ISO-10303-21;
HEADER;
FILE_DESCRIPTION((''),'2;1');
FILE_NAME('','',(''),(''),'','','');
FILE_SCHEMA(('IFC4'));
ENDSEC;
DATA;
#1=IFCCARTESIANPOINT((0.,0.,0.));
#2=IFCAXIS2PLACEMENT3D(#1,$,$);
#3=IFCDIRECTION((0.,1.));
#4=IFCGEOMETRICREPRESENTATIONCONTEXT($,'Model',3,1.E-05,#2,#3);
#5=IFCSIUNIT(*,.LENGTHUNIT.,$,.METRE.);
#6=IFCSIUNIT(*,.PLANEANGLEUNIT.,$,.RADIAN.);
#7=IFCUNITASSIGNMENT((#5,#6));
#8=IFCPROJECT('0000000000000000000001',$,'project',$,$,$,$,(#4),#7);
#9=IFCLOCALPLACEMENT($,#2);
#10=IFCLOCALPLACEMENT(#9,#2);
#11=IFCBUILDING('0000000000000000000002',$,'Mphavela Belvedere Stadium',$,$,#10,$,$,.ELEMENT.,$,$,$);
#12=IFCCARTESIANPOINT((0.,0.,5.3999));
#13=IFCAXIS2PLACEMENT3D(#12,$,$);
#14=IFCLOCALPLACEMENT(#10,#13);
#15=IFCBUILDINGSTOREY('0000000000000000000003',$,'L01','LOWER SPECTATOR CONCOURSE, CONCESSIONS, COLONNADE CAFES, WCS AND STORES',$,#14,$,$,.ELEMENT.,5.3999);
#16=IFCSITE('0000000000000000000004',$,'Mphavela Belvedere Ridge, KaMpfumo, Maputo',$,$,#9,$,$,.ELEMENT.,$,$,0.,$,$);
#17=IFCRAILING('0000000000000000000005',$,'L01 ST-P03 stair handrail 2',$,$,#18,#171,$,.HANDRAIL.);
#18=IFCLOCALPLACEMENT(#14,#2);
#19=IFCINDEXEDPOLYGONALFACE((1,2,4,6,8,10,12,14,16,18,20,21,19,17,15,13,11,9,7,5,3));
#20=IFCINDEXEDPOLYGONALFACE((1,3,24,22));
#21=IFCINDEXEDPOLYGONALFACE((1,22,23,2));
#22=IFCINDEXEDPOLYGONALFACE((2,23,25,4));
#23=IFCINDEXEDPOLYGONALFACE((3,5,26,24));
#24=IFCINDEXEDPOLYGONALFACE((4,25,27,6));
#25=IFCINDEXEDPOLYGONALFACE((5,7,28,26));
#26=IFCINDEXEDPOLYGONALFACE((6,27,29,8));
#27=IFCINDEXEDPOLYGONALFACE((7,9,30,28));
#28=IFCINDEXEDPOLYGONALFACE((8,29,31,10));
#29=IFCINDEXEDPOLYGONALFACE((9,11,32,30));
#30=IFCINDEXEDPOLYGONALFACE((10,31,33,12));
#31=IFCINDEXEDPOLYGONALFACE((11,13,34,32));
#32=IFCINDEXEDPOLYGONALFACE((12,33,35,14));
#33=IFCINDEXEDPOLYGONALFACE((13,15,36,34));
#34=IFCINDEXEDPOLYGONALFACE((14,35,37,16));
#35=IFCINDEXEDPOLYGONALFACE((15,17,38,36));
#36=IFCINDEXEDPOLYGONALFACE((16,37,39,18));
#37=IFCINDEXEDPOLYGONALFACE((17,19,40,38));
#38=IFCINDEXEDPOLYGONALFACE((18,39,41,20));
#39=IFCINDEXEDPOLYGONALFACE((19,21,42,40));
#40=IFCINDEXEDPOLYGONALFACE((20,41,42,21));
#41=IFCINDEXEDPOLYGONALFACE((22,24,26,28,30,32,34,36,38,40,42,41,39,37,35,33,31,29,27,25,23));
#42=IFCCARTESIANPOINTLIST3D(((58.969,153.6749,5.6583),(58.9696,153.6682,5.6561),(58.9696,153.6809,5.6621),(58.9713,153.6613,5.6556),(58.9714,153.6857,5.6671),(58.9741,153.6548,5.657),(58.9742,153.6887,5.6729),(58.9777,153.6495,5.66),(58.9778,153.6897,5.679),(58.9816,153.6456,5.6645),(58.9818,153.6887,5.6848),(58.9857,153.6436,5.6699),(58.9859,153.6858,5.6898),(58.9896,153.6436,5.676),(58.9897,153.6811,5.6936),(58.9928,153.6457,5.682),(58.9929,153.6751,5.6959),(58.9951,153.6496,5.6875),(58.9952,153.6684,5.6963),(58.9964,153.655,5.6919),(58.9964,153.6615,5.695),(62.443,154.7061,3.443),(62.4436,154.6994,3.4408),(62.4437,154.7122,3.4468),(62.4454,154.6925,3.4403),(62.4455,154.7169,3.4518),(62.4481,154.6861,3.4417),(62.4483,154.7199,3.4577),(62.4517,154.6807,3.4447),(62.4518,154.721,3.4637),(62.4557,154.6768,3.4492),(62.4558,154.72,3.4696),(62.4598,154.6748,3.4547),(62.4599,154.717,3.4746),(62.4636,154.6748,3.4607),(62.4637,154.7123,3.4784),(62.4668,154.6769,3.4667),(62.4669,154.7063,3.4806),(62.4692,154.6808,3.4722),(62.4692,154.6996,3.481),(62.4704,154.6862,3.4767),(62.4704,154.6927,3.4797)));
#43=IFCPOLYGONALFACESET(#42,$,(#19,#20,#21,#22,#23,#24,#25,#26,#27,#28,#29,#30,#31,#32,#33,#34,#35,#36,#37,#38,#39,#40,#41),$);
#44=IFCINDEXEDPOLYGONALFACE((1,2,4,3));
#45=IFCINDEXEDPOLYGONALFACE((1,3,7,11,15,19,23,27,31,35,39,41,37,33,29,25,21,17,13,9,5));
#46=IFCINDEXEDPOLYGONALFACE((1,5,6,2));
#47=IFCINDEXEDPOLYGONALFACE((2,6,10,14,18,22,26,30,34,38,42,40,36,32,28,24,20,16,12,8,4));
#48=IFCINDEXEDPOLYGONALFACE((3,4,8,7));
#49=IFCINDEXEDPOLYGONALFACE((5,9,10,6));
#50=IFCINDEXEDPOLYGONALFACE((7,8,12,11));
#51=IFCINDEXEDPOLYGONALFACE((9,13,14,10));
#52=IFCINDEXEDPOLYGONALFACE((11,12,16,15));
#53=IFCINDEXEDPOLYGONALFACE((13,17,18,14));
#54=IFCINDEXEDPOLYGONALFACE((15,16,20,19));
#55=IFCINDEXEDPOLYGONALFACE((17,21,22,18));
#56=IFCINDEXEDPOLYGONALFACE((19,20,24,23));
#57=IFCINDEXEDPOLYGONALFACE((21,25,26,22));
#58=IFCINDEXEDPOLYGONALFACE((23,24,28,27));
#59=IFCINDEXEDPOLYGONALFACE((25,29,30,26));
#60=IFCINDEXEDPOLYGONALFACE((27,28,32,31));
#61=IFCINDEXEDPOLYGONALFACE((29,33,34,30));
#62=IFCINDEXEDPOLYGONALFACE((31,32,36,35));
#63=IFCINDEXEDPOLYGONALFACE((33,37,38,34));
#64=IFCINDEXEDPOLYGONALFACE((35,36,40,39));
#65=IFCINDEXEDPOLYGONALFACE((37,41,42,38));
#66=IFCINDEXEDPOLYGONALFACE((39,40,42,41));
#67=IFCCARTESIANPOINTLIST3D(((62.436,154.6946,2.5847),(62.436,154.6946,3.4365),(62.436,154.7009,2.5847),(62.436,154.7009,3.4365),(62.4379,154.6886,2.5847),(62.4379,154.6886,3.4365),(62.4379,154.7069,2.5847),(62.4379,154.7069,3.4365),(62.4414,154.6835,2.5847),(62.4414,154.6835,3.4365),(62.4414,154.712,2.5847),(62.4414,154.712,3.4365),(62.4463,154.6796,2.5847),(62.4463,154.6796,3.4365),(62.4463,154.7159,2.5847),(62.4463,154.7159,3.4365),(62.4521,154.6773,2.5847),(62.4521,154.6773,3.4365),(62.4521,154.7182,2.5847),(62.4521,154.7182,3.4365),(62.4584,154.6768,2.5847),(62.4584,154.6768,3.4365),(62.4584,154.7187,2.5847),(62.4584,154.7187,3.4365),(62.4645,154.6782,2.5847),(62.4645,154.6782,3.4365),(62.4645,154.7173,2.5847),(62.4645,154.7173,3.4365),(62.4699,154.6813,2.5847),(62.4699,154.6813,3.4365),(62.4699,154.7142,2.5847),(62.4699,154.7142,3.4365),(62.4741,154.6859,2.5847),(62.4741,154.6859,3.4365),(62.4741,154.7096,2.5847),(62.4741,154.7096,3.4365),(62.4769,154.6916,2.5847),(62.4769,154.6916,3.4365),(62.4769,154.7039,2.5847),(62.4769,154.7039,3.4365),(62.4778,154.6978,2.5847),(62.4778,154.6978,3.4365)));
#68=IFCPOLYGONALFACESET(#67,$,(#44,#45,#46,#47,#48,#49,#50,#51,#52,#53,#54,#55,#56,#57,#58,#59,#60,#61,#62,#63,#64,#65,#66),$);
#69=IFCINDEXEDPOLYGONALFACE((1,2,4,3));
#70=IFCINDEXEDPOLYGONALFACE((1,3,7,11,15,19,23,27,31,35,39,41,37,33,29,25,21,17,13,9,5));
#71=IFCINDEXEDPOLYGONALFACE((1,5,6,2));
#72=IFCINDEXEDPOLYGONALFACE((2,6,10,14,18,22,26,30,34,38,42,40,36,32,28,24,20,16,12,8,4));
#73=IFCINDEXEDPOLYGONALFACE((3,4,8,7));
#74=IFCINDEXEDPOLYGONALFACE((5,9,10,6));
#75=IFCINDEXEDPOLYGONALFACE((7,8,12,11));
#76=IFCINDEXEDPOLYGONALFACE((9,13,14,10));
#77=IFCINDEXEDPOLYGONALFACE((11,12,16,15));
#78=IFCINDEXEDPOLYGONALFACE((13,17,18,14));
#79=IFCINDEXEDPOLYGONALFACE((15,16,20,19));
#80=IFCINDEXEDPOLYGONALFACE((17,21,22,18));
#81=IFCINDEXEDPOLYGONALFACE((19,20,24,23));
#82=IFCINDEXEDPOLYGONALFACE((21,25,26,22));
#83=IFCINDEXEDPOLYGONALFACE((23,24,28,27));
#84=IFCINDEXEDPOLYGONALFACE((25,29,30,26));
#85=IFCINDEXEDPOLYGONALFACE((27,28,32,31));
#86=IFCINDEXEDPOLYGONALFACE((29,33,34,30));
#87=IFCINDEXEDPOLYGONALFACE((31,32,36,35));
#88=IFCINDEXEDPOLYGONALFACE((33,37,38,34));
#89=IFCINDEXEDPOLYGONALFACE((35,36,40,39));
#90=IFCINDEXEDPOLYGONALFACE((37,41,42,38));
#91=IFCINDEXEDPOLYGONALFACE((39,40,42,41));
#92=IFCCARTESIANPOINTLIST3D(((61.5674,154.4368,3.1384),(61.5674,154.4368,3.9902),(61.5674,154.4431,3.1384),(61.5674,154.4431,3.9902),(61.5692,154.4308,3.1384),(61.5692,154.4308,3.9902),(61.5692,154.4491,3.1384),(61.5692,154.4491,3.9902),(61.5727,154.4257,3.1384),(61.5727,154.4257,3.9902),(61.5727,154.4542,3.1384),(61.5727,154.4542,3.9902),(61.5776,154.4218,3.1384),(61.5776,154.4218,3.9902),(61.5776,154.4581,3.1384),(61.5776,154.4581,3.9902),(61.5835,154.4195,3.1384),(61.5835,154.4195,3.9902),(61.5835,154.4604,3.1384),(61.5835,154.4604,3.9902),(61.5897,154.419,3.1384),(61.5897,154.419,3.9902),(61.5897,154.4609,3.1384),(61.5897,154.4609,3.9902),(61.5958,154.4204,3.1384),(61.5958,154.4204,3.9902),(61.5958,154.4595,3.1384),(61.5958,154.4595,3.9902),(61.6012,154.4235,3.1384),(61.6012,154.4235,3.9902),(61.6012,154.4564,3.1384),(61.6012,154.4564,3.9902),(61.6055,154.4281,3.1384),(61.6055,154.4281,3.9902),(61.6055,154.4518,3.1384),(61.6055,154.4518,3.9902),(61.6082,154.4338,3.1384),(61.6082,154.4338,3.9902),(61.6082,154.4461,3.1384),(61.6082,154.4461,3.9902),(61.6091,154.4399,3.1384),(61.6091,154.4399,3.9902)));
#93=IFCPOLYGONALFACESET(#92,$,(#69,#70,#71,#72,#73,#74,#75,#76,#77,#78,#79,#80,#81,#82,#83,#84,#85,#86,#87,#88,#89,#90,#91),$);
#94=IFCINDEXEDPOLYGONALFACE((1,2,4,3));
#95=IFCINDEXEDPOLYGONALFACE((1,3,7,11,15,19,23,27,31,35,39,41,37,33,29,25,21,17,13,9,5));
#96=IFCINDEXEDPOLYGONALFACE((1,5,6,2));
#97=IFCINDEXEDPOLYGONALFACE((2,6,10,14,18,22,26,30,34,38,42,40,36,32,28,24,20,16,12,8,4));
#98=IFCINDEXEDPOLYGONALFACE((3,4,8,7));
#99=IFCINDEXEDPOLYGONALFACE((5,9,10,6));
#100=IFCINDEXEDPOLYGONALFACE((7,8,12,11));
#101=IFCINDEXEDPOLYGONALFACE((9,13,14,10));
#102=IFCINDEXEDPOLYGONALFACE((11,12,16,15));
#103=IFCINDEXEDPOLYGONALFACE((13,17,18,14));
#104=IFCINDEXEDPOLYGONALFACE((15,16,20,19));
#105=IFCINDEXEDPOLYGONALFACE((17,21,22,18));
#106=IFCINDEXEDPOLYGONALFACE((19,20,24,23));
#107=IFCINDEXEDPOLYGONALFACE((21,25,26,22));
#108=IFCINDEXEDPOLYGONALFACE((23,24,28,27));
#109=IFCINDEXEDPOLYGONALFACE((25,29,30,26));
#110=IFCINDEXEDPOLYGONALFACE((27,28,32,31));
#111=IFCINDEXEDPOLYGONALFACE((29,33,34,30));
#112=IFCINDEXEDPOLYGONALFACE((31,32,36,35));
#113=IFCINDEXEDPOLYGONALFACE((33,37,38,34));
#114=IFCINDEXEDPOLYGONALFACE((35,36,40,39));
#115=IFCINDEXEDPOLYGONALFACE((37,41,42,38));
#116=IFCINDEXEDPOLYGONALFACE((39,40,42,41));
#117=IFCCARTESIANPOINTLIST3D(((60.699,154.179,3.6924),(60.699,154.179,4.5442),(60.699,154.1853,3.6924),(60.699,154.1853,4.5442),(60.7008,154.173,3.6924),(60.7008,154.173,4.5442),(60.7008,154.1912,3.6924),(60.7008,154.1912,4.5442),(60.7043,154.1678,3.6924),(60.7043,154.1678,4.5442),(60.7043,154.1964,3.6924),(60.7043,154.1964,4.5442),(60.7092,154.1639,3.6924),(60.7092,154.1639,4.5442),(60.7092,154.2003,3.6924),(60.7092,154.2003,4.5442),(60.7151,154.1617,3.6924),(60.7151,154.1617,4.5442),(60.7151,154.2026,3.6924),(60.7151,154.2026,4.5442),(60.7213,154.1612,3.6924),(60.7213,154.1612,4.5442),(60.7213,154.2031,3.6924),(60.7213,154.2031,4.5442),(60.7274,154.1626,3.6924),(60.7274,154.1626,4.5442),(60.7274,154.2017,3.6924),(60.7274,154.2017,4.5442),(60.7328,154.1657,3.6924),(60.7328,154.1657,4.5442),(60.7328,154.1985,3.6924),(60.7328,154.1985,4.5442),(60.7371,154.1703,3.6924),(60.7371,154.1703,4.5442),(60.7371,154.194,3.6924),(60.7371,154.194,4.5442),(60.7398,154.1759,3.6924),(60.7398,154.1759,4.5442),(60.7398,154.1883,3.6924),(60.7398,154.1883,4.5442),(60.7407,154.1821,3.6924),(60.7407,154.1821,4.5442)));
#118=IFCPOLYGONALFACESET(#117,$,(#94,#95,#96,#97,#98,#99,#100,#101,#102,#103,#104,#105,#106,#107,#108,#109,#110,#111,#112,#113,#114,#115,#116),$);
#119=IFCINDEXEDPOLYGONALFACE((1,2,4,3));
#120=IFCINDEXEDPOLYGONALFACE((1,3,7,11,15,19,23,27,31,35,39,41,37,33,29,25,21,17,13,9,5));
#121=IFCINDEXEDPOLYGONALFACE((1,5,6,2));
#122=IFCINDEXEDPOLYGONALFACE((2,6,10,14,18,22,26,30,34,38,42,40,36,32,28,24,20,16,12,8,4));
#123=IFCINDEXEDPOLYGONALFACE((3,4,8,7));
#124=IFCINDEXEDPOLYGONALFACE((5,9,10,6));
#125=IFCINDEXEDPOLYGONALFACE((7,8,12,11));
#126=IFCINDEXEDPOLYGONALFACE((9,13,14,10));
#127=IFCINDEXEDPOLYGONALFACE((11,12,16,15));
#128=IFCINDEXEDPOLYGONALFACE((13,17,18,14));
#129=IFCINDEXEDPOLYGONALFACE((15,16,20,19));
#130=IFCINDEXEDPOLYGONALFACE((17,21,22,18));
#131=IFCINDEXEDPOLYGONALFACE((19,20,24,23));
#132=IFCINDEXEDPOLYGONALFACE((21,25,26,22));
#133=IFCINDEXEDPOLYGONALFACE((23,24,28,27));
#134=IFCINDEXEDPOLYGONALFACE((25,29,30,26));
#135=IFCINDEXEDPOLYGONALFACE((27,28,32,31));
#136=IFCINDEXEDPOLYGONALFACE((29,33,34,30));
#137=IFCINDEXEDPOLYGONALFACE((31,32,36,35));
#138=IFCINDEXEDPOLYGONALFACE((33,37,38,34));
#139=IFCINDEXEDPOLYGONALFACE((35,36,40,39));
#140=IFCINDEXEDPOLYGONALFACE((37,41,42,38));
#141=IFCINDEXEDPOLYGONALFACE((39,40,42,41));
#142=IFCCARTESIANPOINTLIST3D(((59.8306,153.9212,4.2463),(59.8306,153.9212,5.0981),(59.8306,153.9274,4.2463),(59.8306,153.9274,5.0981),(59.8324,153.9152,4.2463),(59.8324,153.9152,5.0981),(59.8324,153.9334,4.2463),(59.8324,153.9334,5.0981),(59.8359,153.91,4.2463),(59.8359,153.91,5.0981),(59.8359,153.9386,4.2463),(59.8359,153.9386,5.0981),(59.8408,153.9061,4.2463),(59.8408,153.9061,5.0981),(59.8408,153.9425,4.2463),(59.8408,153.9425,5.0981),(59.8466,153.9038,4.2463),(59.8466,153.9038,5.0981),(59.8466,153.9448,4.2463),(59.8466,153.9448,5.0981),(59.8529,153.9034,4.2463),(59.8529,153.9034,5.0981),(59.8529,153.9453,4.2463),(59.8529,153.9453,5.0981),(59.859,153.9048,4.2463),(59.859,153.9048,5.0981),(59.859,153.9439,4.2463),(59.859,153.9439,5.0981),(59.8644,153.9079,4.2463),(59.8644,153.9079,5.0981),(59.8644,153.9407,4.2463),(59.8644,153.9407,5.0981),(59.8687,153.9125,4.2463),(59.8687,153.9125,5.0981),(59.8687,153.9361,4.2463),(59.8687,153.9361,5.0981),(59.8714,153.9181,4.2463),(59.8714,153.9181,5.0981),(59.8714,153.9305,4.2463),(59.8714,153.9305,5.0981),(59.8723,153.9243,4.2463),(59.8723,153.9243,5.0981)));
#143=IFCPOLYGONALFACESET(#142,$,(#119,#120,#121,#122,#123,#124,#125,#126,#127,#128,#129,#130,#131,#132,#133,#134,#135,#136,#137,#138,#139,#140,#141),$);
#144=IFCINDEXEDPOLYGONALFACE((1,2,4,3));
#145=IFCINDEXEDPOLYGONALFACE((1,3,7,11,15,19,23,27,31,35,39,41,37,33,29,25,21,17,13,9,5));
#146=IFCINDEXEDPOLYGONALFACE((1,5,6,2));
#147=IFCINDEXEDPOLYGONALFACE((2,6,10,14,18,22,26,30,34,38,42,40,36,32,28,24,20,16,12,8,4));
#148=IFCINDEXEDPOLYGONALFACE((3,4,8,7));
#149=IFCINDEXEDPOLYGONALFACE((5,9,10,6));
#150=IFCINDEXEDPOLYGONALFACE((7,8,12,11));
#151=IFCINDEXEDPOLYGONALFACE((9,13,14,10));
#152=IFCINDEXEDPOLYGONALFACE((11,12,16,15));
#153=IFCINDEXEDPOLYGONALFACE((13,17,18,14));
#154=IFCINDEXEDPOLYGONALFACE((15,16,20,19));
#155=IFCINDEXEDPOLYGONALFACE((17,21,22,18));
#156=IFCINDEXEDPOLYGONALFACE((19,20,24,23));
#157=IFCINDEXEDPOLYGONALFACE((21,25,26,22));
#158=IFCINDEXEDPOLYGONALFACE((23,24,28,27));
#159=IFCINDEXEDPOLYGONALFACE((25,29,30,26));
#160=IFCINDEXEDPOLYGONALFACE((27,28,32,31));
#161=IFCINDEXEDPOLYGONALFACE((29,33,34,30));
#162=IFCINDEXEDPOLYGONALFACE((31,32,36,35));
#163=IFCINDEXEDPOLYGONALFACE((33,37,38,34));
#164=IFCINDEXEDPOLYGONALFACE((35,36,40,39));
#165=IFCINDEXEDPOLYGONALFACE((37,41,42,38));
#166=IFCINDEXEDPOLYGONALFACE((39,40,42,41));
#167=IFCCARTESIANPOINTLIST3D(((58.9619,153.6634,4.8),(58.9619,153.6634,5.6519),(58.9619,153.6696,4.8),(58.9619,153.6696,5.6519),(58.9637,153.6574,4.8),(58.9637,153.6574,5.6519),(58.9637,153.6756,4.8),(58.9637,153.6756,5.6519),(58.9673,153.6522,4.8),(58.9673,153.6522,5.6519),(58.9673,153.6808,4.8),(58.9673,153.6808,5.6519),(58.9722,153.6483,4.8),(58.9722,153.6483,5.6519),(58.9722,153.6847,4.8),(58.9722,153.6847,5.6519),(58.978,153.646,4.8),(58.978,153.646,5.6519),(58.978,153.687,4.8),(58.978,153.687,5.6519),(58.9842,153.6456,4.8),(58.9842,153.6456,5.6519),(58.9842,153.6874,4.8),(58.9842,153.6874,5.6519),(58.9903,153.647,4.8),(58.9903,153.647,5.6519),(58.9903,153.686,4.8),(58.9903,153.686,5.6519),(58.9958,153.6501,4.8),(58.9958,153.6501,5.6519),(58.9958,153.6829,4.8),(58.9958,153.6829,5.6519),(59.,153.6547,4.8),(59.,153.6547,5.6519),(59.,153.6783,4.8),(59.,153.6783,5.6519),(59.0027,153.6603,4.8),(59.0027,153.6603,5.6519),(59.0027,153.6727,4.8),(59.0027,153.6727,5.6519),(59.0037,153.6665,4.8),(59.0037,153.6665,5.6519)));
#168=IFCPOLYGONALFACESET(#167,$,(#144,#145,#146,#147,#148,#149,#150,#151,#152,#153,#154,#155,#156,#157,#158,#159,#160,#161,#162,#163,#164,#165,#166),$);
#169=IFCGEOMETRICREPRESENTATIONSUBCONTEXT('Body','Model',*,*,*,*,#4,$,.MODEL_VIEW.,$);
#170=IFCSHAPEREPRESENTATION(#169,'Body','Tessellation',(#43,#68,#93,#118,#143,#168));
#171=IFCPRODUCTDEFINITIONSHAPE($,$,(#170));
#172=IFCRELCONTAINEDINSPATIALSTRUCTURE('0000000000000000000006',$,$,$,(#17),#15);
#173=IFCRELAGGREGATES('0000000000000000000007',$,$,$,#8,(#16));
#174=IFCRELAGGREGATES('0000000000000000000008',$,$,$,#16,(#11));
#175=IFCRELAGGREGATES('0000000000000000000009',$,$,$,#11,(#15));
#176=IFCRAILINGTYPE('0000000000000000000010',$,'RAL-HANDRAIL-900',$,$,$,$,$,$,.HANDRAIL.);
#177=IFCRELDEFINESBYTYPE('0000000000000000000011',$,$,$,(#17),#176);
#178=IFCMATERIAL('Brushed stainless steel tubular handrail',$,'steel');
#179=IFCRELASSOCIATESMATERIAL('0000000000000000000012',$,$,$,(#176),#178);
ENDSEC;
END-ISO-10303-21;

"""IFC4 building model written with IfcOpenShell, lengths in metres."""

from ifc_helpers import new_model, si_unit, direction, frame, origin, origin_2d, place, context, subcontext, project, spatial, circle, extrude, material, type_object, element, save


model = new_model("IFC4")

# Units and contexts
model_context = context("Model", 3, precision=1e-05, world=origin(), true_north=direction((0.0, 1.0)))
body_context = subcontext(model_context, "Body", "Model", "MODEL_VIEW")
ifc_project = project(units=[si_unit("LENGTHUNIT", "METRE"), si_unit("PLANEANGLEUNIT", "RADIAN")], contexts=[model_context])

# Site, building, storey
site_placement = place(None, origin())
site = spatial("IfcSite", under=ifc_project, at=site_placement, Name="Mphavela Belvedere Ridge, KaMpfumo, Maputo", CompositionType="ELEMENT", RefElevation=0.0)
building_placement = place(site_placement, origin())
building = spatial("IfcBuilding", under=site, at=building_placement, Name="Mphavela Belvedere Stadium", CompositionType="ELEMENT")
storey_placement = place(building_placement, frame((0.0, 0.0, 5.3999)))
storey = spatial("IfcBuildingStorey", under=building, at=storey_placement, Name="L01", Description="LOWER SPECTATOR CONCOURSE, CONCESSIONS, COLONNADE CAFES, WCS AND STORES", CompositionType="ELEMENT", Elevation=5.3999)

# Railing
ifc_material_1 = material(Name="Brushed stainless steel tubular handrail", Category="steel")
railing_type_1 = type_object("IfcRailingType", Name="RAL-HANDRAIL-900", PredefinedType="HANDRAIL", material=ifc_material_1)
railing_1_placement = place(storey_placement, frame((62.4568, 154.6978, 2.5847)))
element("IfcRailing", 1, at=railing_1_placement, inside=storey, type_object=railing_type_1, Name="L01 ST-P03 stair handrail 2", PredefinedType="HANDRAIL", context=body_context, shape_type="SweptSolid", body=[
    extrude(circle(Radius=0.0239, at=origin_2d()), frame((0.0, 0.0, 0.876), z_axis=(-0.817934, -0.242794, 0.52157), x_axis=(0.284565, -0.958657, 0.0)), (0.0, 0.0, 1.0), 4.2473),
    extrude(circle(Radius=0.021, at=origin_2d()), origin(), (0.0, 0.0, 1.0), 0.8518),
    extrude(circle(Radius=0.021, at=origin_2d()), frame((-0.8687, -0.2578, 0.5537)), (0.0, 0.0, 1.0), 0.8518),
    extrude(circle(Radius=0.021, at=origin_2d()), frame((-1.7371, -0.5156, 1.1077)), (0.0, 0.0, 1.0), 0.8518),
    extrude(circle(Radius=0.021, at=origin_2d()), frame((-2.6055, -0.7734, 1.6616)), (0.0, 0.0, 1.0), 0.8518),
    extrude(circle(Radius=0.021, at=origin_2d()), frame((-3.4741, -1.0312, 2.2153)), (0.0, 0.0, 1.0), 0.8518),
])

save(model, "model.ifc")
